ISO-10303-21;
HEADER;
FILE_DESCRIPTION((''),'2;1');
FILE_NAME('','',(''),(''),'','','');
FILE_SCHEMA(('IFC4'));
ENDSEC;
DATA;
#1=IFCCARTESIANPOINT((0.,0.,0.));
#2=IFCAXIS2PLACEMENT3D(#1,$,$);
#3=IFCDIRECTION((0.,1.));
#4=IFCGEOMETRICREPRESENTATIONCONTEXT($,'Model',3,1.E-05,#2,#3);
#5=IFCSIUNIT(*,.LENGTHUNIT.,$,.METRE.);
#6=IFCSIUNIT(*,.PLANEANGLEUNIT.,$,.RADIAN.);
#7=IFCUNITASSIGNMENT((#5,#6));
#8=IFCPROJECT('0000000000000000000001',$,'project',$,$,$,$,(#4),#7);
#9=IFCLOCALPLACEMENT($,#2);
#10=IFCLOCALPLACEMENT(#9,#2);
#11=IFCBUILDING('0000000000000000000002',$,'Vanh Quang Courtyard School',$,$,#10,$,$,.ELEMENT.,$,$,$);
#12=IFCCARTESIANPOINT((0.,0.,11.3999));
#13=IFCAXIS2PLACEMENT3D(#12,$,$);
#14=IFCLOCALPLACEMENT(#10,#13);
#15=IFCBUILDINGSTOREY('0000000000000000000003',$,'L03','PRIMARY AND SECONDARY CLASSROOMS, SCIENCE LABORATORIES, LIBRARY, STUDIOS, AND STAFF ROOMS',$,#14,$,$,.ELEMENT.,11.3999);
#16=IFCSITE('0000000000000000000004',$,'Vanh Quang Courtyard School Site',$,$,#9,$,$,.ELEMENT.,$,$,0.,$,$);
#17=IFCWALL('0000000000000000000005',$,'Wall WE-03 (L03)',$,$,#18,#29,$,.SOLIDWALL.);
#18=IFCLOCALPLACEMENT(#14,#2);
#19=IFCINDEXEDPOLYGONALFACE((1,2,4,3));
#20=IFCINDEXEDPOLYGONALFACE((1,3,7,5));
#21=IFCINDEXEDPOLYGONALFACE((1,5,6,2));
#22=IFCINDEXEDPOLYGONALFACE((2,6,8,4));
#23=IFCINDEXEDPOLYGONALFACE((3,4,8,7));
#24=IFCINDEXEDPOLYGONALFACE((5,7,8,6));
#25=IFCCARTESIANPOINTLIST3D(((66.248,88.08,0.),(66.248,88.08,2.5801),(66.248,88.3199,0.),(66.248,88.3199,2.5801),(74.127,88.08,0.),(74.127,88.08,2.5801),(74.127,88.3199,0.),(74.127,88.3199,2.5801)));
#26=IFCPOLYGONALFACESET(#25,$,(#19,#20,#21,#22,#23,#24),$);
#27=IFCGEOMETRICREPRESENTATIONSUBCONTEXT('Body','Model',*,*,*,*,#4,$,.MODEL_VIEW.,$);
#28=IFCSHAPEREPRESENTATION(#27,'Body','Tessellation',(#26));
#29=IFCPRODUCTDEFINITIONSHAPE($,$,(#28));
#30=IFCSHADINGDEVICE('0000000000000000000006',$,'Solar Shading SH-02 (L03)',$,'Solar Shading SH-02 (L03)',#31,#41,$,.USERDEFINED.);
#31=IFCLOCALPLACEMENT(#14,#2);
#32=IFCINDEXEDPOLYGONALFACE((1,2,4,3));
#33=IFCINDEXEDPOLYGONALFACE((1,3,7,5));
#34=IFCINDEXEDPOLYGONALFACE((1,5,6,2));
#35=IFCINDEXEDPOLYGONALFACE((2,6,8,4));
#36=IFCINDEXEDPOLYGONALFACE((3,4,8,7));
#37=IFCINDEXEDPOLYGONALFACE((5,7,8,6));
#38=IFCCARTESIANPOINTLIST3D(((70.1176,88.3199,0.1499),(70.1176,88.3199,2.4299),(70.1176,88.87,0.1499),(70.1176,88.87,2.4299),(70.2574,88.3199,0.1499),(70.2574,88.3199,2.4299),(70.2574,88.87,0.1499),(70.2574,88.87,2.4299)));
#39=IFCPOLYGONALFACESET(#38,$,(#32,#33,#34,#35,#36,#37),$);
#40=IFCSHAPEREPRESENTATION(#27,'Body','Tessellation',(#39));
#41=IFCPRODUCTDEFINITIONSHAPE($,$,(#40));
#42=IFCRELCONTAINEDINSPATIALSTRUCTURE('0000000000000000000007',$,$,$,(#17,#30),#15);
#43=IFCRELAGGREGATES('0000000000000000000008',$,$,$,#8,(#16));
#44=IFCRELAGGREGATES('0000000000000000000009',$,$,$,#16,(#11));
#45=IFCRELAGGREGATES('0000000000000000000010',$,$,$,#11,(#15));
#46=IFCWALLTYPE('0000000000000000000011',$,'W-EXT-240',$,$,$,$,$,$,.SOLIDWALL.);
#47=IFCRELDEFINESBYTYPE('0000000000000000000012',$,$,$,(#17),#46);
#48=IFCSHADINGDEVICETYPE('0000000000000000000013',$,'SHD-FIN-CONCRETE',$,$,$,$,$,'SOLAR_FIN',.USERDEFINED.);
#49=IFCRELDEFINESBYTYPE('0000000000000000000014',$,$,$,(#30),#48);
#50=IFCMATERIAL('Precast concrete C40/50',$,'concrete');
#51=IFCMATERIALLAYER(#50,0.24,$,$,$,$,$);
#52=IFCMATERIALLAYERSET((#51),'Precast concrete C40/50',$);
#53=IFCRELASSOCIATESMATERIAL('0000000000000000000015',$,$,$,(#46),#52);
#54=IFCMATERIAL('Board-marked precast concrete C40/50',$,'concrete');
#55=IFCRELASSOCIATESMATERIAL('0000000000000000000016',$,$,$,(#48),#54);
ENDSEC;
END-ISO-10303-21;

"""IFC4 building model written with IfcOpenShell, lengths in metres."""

from ifc_helpers import new_model, si_unit, direction, frame, frame_2d, origin, origin_2d, place, context, subcontext, project, spatial, rectangle, extrude, material, layer, layer_set, type_object, element, save


model = new_model("IFC4")

# Units and contexts
model_context = context("Model", 3, precision=1e-05, world=origin(), true_north=direction((0.0, 1.0)))
body_context = subcontext(model_context, "Body", "Model", "MODEL_VIEW")
ifc_project = project(units=[si_unit("LENGTHUNIT", "METRE"), si_unit("PLANEANGLEUNIT", "RADIAN")], contexts=[model_context])

# Site, building, storey
site_placement = place(None, origin())
site = spatial("IfcSite", under=ifc_project, at=site_placement, Name="Vanh Quang Courtyard School Site", CompositionType="ELEMENT", RefElevation=0.0)
building_placement = place(site_placement, origin())
building = spatial("IfcBuilding", under=site, at=building_placement, Name="Vanh Quang Courtyard School", CompositionType="ELEMENT")
storey_placement = place(building_placement, frame((0.0, 0.0, 11.3999)))
storey = spatial("IfcBuildingStorey", under=building, at=storey_placement, Name="L03", Description="PRIMARY AND SECONDARY CLASSROOMS, SCIENCE LABORATORIES, LIBRARY, STUDIOS, AND STAFF ROOMS", CompositionType="ELEMENT", Elevation=11.3999)

# Wall
ifc_material_1 = material(Name="Precast concrete C40/50", Category="concrete")
ifc_layer_1 = layer(ifc_material_1, 0.24)
ifc_layer_set_1 = layer_set([ifc_layer_1], Name="Precast concrete C40/50")
wall_type = type_object("IfcWallType", Name="W-EXT-240", PredefinedType="SOLIDWALL", material=ifc_layer_set_1)
wall_placement = place(storey_placement, frame((66.248, 88.2, 0.0), z_axis=(0.0, 0.0, 1.0), x_axis=(1.0, 0.0, 0.0)))
element("IfcWall", 1, at=wall_placement, inside=storey, type_object=wall_type, Name="Wall WE-03 (L03)", PredefinedType="SOLIDWALL", context=body_context, shape_type="SweptSolid", body=[
    extrude(rectangle(XDim=7.8789, YDim=0.24, at=frame_2d((3.9395, 0.0))), origin(), (0.0, 0.0, 1.0), 2.5801),
])

# Shading device
ifc_material_2 = material(Name="Board-marked precast concrete C40/50", Category="concrete")
shading_device_type = type_object("IfcShadingDeviceType", Name="SHD-FIN-CONCRETE", ElementType="SOLAR_FIN", PredefinedType="USERDEFINED", material=ifc_material_2)
shading_device_placement = place(storey_placement, frame((70.1875, 88.595, 0.1499), z_axis=(0.0, 0.0, 1.0), x_axis=(1.0, 0.0, 0.0)))
element("IfcShadingDevice", 2, at=shading_device_placement, inside=storey, type_object=shading_device_type, Name="Solar Shading SH-02 (L03)", ObjectType="Solar Shading SH-02 (L03)", PredefinedType="USERDEFINED", context=body_context, shape_type="SweptSolid", body=[
    extrude(rectangle(XDim=0.1399, YDim=0.55, at=origin_2d()), origin(), (0.0, 0.0, 1.0), 2.28),
])

save(model, "model.ifc")
